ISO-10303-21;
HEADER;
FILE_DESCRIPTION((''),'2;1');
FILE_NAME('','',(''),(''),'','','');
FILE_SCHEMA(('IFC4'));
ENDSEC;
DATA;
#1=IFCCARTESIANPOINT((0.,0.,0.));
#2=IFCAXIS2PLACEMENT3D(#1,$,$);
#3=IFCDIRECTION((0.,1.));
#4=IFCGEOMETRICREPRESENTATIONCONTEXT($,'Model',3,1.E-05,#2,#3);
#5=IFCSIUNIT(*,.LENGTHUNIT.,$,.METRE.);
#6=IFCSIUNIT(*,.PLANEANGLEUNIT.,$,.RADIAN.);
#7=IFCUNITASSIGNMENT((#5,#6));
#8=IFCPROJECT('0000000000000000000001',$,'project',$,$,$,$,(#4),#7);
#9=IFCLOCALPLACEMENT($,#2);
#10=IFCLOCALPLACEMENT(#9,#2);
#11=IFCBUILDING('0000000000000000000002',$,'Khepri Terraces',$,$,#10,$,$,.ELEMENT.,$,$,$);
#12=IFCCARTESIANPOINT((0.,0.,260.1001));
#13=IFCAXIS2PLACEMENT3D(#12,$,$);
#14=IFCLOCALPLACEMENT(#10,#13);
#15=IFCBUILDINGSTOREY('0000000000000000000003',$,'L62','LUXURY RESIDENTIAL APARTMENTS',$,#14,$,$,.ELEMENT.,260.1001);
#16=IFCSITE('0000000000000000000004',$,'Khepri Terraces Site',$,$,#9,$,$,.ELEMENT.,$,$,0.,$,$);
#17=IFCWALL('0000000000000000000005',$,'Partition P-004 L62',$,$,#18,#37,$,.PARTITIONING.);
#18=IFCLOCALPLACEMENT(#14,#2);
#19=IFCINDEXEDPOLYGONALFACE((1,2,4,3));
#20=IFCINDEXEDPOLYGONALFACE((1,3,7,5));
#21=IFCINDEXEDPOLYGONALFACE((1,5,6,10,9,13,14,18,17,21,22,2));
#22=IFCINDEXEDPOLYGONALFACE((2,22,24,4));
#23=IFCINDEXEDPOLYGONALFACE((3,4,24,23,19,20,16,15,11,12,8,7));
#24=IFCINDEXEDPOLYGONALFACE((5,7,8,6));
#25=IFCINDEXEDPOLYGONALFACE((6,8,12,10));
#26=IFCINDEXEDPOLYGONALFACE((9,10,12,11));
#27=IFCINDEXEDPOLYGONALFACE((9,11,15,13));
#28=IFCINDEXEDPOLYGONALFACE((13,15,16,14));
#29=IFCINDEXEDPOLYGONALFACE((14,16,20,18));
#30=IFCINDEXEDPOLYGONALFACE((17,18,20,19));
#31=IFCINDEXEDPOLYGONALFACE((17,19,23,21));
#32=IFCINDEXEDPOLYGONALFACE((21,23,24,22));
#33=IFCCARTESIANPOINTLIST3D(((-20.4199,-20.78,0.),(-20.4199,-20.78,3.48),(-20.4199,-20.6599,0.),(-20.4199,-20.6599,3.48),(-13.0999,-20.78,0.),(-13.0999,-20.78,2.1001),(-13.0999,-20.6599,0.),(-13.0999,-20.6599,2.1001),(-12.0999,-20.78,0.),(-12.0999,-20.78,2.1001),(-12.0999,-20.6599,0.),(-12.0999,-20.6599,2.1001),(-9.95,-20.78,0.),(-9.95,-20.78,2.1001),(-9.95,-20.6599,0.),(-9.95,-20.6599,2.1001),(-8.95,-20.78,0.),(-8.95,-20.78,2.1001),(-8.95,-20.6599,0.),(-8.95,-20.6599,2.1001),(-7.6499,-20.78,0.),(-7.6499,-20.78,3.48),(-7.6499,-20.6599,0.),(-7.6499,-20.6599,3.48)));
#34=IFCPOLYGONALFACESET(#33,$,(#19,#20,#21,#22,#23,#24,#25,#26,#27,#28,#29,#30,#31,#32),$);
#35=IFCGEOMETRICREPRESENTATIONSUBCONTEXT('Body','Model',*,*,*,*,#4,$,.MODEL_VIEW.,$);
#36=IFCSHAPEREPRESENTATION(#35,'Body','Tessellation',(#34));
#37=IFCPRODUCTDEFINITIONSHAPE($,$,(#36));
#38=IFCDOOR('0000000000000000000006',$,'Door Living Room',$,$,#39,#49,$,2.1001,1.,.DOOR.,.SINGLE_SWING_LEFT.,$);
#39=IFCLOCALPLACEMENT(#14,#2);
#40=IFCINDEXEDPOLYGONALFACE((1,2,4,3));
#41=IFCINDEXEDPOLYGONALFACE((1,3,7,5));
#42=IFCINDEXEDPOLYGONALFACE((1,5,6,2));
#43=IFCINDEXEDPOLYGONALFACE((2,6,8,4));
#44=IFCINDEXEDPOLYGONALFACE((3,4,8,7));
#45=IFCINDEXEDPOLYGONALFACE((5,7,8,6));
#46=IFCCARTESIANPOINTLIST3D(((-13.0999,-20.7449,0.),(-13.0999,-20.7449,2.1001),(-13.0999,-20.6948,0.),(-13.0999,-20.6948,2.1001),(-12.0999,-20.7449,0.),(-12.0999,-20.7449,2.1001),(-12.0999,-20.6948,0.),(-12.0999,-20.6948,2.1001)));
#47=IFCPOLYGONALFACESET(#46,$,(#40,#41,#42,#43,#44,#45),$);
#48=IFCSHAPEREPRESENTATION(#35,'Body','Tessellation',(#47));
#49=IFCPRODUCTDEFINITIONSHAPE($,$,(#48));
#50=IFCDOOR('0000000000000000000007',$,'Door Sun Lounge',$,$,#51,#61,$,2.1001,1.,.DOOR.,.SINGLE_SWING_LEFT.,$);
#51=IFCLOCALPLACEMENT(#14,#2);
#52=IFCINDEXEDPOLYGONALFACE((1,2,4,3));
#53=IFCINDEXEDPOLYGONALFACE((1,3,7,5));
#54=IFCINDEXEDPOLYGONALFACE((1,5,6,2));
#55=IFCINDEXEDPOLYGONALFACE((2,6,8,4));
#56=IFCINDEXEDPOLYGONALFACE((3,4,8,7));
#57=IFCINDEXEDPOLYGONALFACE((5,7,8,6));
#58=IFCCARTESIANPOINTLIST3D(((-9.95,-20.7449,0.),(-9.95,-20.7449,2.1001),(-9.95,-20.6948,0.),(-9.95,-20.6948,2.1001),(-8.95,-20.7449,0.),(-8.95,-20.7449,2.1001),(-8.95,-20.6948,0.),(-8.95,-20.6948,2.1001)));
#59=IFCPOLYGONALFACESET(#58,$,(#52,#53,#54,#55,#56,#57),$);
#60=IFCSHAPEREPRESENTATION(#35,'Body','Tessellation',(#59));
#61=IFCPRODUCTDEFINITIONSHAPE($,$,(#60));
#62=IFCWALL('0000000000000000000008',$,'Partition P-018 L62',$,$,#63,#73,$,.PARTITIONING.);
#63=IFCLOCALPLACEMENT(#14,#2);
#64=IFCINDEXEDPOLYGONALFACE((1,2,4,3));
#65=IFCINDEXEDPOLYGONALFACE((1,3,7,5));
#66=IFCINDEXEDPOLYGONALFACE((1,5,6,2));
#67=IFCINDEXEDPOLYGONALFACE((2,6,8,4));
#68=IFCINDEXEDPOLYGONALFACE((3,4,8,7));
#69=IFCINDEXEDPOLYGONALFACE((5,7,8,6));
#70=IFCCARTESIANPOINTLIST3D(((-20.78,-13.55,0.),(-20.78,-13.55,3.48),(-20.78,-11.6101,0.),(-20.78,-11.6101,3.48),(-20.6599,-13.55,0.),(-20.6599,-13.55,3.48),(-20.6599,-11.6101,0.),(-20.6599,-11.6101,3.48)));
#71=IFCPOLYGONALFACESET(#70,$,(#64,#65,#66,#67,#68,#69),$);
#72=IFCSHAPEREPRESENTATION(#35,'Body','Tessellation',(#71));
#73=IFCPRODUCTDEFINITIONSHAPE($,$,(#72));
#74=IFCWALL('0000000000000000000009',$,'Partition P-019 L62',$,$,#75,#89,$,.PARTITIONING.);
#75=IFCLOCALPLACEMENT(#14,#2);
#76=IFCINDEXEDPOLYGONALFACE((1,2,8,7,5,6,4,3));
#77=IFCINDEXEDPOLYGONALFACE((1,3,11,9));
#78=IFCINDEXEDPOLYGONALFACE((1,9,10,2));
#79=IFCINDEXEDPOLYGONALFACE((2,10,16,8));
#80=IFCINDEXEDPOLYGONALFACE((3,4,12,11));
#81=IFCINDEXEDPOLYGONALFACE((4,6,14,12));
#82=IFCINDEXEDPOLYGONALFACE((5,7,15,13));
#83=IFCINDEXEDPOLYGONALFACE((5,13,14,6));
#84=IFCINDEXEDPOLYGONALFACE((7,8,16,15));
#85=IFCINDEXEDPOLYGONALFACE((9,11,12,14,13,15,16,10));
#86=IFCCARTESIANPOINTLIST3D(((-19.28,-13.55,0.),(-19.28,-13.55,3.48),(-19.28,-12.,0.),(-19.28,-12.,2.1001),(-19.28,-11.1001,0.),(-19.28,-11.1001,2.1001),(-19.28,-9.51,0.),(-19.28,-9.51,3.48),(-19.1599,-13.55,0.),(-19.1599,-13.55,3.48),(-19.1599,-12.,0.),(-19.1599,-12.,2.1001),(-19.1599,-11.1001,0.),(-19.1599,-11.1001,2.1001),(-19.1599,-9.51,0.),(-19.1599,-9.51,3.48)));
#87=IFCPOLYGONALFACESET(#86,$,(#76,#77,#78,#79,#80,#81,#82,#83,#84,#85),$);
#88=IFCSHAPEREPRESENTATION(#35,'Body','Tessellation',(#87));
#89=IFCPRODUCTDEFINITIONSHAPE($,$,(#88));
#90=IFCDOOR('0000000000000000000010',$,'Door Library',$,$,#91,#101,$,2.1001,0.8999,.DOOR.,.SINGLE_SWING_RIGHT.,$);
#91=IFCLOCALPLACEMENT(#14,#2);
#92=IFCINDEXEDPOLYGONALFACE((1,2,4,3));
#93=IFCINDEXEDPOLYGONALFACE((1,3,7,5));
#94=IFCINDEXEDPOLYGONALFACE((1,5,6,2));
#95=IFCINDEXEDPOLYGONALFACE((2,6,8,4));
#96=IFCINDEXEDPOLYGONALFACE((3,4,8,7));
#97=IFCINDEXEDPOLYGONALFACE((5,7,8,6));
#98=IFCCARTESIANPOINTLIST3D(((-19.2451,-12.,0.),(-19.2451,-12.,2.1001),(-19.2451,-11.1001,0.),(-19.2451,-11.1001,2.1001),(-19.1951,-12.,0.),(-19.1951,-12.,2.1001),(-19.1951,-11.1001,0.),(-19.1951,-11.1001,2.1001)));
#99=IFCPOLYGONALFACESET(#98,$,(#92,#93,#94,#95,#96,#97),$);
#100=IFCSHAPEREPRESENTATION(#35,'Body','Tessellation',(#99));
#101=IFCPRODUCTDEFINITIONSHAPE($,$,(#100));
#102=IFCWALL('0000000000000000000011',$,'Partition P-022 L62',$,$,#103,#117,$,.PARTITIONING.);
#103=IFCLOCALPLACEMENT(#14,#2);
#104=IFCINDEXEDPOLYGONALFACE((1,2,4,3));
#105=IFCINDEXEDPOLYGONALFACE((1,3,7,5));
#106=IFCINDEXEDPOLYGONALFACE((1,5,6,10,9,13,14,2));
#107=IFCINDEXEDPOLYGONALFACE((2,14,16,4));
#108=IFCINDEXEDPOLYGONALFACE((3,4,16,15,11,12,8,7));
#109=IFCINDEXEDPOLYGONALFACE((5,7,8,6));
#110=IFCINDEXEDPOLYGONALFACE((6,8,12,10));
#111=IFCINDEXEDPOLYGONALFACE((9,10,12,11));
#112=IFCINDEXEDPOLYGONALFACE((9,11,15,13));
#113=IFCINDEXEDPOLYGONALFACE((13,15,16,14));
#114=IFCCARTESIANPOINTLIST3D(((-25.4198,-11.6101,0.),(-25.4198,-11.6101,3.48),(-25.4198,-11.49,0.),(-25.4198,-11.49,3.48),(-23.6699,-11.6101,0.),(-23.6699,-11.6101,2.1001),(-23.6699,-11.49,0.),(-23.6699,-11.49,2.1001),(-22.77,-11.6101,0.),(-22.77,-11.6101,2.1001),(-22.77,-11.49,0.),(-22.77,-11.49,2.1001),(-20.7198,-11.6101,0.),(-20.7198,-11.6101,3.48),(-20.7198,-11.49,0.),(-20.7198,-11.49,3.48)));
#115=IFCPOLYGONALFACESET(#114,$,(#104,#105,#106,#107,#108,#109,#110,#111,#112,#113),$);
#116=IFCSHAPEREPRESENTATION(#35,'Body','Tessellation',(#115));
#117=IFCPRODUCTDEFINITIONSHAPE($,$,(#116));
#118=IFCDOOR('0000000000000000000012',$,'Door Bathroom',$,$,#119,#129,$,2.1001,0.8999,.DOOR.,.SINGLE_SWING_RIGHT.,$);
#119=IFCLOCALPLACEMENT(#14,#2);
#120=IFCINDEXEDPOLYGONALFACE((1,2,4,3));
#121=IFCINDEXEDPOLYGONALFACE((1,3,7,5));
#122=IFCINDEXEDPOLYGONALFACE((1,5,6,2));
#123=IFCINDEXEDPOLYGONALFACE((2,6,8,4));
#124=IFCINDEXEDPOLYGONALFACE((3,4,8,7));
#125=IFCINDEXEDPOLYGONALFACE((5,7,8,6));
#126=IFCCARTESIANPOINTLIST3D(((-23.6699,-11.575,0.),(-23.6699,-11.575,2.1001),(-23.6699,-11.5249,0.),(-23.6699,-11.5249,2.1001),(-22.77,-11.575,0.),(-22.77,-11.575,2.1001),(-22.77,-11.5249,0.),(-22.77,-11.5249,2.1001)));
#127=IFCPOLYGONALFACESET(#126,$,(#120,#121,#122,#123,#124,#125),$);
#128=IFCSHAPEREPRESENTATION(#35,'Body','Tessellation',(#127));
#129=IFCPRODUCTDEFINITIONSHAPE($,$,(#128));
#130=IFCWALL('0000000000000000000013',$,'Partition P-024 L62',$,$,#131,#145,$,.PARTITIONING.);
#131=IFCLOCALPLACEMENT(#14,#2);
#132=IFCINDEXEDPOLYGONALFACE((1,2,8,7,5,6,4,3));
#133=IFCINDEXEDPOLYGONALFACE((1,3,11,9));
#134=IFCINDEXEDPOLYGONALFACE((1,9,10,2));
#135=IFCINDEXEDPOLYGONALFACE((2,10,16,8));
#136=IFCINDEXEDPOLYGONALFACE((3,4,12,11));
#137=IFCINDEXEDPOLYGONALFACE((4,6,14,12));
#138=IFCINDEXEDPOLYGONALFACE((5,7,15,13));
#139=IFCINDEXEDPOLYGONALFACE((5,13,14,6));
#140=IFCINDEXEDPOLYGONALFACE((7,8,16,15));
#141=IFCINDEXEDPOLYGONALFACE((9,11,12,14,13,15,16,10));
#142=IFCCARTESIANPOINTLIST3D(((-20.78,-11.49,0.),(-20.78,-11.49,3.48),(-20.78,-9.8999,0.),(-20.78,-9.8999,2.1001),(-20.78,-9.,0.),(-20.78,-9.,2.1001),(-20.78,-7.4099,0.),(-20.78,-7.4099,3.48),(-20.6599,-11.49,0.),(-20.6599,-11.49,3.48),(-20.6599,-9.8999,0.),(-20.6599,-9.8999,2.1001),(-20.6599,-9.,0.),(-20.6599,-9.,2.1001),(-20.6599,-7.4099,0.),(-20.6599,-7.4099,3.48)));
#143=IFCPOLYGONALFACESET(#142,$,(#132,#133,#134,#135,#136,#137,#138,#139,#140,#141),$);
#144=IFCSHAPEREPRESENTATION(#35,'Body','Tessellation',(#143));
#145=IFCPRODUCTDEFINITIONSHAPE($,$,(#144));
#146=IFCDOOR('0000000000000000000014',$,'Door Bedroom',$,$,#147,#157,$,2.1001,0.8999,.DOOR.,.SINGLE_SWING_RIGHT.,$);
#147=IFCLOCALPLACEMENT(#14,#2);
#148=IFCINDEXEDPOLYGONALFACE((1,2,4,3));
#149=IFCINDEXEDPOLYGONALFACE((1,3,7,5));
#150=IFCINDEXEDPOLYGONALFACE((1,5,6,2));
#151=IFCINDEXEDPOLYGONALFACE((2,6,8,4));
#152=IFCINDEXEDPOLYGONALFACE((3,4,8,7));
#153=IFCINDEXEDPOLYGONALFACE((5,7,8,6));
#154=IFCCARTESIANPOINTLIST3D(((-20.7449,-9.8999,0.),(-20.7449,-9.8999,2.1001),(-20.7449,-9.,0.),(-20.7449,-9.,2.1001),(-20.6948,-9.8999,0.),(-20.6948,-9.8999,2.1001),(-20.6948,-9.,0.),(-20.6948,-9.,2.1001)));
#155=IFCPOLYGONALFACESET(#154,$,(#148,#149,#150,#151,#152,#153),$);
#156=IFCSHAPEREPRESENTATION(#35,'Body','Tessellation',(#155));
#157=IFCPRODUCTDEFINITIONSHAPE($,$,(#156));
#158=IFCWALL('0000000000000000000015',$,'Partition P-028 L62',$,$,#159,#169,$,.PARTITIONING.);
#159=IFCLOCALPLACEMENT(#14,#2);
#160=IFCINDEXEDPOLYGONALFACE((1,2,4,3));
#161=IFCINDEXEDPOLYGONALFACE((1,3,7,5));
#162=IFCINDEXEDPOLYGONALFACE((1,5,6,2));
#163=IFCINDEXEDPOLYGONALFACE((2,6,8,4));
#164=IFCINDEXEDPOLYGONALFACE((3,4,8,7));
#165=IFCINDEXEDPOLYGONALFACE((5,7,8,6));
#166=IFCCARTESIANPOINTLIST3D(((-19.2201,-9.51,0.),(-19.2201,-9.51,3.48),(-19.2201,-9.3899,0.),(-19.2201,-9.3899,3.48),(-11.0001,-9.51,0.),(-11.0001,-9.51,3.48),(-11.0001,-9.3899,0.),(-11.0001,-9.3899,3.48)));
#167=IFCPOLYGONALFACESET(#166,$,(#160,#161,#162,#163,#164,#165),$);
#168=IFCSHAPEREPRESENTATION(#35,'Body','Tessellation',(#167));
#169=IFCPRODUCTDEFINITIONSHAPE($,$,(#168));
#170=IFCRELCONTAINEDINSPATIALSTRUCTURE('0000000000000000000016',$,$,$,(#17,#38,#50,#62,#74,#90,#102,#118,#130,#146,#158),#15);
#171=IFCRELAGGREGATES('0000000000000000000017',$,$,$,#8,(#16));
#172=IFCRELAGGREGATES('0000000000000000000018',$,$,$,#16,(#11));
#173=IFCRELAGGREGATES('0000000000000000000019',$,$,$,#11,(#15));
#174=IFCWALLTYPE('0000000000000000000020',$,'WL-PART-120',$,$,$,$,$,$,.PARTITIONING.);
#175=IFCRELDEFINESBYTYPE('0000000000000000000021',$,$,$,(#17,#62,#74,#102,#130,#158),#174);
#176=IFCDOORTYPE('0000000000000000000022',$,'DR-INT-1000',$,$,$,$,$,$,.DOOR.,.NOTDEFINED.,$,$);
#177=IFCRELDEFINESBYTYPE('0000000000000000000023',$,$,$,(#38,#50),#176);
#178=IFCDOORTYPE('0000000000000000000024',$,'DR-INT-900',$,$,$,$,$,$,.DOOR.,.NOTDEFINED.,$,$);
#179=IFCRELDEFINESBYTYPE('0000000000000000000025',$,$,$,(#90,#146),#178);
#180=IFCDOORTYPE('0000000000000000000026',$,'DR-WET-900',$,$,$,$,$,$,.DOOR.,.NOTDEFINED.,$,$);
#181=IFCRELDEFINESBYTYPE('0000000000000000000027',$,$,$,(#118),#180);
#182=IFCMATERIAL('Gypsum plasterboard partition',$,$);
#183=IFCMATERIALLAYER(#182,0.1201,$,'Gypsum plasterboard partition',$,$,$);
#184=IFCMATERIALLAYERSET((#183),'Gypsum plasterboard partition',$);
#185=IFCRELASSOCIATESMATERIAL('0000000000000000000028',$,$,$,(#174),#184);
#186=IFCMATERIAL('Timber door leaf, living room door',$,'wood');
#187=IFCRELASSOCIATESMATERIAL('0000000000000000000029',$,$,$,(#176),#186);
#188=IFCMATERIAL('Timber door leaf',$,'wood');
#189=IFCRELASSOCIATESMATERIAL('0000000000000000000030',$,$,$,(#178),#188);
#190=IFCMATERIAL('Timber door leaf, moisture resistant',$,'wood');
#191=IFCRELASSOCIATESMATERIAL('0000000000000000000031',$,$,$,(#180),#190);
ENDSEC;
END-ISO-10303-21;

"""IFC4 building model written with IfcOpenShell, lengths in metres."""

from ifc_helpers import new_model, si_unit, direction, frame, frame_2d, origin, place, context, subcontext, project, spatial, rectangle, extrude, material, layer, layer_set, type_object, element, fill, save


model = new_model("IFC4")

# Units and contexts
model_context = context("Model", 3, precision=1e-05, world=origin(), true_north=direction((0.0, 1.0)))
body_context = subcontext(model_context, "Body", "Model", "MODEL_VIEW")
ifc_project = project(units=[si_unit("LENGTHUNIT", "METRE"), si_unit("PLANEANGLEUNIT", "RADIAN")], contexts=[model_context])

# Site, building, storey
site_placement = place(None, origin())
site = spatial("IfcSite", under=ifc_project, at=site_placement, Name="Khepri Terraces Site", CompositionType="ELEMENT", RefElevation=0.0)
building_placement = place(site_placement, origin())
building = spatial("IfcBuilding", under=site, at=building_placement, Name="Khepri Terraces", CompositionType="ELEMENT")
storey_placement = place(building_placement, frame((0.0, 0.0, 260.1001)))
storey = spatial("IfcBuildingStorey", under=building, at=storey_placement, Name="L62", Description="LUXURY RESIDENTIAL APARTMENTS", CompositionType="ELEMENT", Elevation=260.1001)

# Wall, openings, doors
ifc_material_1 = material(Name="Gypsum plasterboard partition")
ifc_layer_1 = layer(ifc_material_1, 0.1201, Name="Gypsum plasterboard partition")
ifc_layer_set_1 = layer_set([ifc_layer_1], Name="Gypsum plasterboard partition")
wall_type_1 = type_object("IfcWallType", Name="WL-PART-120", PredefinedType="PARTITIONING", material=ifc_layer_set_1)
wall_1_placement = place(storey_placement, frame((-20.4199, -20.72, 0.0), z_axis=(0.0, 0.0, 1.0), x_axis=(1.0, 0.0, 0.0)))
wall_1 = element("IfcWall", 1, at=wall_1_placement, inside=storey, type_object=wall_type_1, Name="Partition P-004 L62", PredefinedType="PARTITIONING", context=body_context, shape_type="SweptSolid", body=[
    extrude(rectangle(XDim=12.77, YDim=0.1201, at=frame_2d((6.385, 0.0))), origin(), (0.0, 0.0, 1.0), 3.48),
])
opening_1_placement = place(wall_1_placement, frame((7.3201, 0.0, 0.0)))
opening_1 = element("IfcOpeningElement", 2, at=opening_1_placement, cuts=wall_1, PredefinedType="OPENING", context=body_context, shape_type="SweptSolid", body=[
    extrude(rectangle(XDim=1.0, YDim=2.1001, at=frame_2d((0.5, 1.05))), frame((0.0, 0.0701, 0.0), z_axis=(0.0, -1.0, 0.0), x_axis=(1.0, 0.0, 0.0)), (0.0, 0.0, 1.0), 0.1401),
])
opening_2_placement = place(wall_1_placement, frame((10.47, 0.0, 0.0)))
opening_2 = element("IfcOpeningElement", 3, at=opening_2_placement, cuts=wall_1, PredefinedType="OPENING", context=body_context, shape_type="SweptSolid", body=[
    extrude(rectangle(XDim=1.0, YDim=2.1001, at=frame_2d((0.5, 1.05))), frame((0.0, 0.0701, 0.0), z_axis=(0.0, -1.0, 0.0), x_axis=(1.0, 0.0, 0.0)), (0.0, 0.0, 1.0), 0.1401),
])
ifc_material_2 = material(Name="Timber door leaf, living room door", Category="wood")
door_type_1 = type_object("IfcDoorType", Name="DR-INT-1000", OperationType="NOTDEFINED", PredefinedType="DOOR", material=ifc_material_2)
door_1_placement = place(opening_1_placement, frame((1.0, 0.0, 0.0), z_axis=(0.0, 0.0, 1.0), x_axis=(-1.0, 0.0, 0.0)))
door_1 = element("IfcDoor", 4, at=door_1_placement, inside=storey, type_object=door_type_1, Name="Door Living Room", OperationType="SINGLE_SWING_LEFT", OverallHeight=2.1001, OverallWidth=1.0, PredefinedType="DOOR", context=body_context, shape_type="SweptSolid", body=[
    extrude(rectangle(XDim=1.0, YDim=2.1001, at=frame_2d((0.5, 1.05))), frame((0.0, 0.0249, 0.0), z_axis=(0.0, -1.0, 0.0), x_axis=(1.0, 0.0, 0.0)), (0.0, 0.0, 1.0), 0.05),
])
fill(opening_1, door_1)
door_2_placement = place(opening_2_placement, frame((1.0, 0.0, 0.0), z_axis=(0.0, 0.0, 1.0), x_axis=(-1.0, 0.0, 0.0)))
door_2 = element("IfcDoor", 5, at=door_2_placement, inside=storey, type_object=door_type_1, Name="Door Sun Lounge", OperationType="SINGLE_SWING_LEFT", OverallHeight=2.1001, OverallWidth=1.0, PredefinedType="DOOR", context=body_context, shape_type="SweptSolid", body=[
    extrude(rectangle(XDim=1.0, YDim=2.1001, at=frame_2d((0.5, 1.05))), frame((0.0, 0.0249, 0.0), z_axis=(0.0, -1.0, 0.0), x_axis=(1.0, 0.0, 0.0)), (0.0, 0.0, 1.0), 0.05),
])
fill(opening_2, door_2)

# Wall
wall_2_placement = place(storey_placement, frame((-20.72, -13.55, 0.0), z_axis=(0.0, 0.0, 1.0), x_axis=(0.0, 1.0, 0.0)))
element("IfcWall", 6, at=wall_2_placement, inside=storey, type_object=wall_type_1, Name="Partition P-018 L62", PredefinedType="PARTITIONING", context=body_context, shape_type="SweptSolid", body=[
    extrude(rectangle(XDim=1.9399, YDim=0.1201, at=frame_2d((0.97, 0.0))), origin(), (0.0, 0.0, 1.0), 3.48),
])

# Walls, openings, doors
wall_3_placement = place(storey_placement, frame((-19.22, -13.55, 0.0), z_axis=(0.0, 0.0, 1.0), x_axis=(0.0, 1.0, 0.0)))
wall_3 = element("IfcWall", 7, at=wall_3_placement, inside=storey, type_object=wall_type_1, Name="Partition P-019 L62", PredefinedType="PARTITIONING", context=body_context, shape_type="SweptSolid", body=[
    extrude(rectangle(XDim=4.04, YDim=0.1201, at=frame_2d((2.02, 0.0))), origin(), (0.0, 0.0, 1.0), 3.48),
])
opening_3_placement = place(wall_3_placement, frame((1.55, 0.0, 0.0)))
opening_3 = element("IfcOpeningElement", 8, at=opening_3_placement, cuts=wall_3, PredefinedType="OPENING", context=body_context, shape_type="SweptSolid", body=[
    extrude(rectangle(XDim=0.8999, YDim=2.1001, at=frame_2d((0.45, 1.05))), frame((0.0, 0.0701, 0.0), z_axis=(0.0, -1.0, 0.0), x_axis=(1.0, 0.0, 0.0)), (0.0, 0.0, 1.0), 0.1401),
])
ifc_material_3 = material(Name="Timber door leaf", Category="wood")
door_type_2 = type_object("IfcDoorType", Name="DR-INT-900", OperationType="NOTDEFINED", PredefinedType="DOOR", material=ifc_material_3)
door_3_placement = place(opening_3_placement, frame((0.8999, 0.0, 0.0), z_axis=(0.0, 0.0, 1.0), x_axis=(-1.0, 0.0, 0.0)))
door_3 = element("IfcDoor", 9, at=door_3_placement, inside=storey, type_object=door_type_2, Name="Door Library", OperationType="SINGLE_SWING_RIGHT", OverallHeight=2.1001, OverallWidth=0.8999, PredefinedType="DOOR", context=body_context, shape_type="SweptSolid", body=[
    extrude(rectangle(XDim=0.8999, YDim=2.1001, at=frame_2d((0.45, 1.05))), frame((0.0, 0.0249, 0.0), z_axis=(0.0, -1.0, 0.0), x_axis=(1.0, 0.0, 0.0)), (0.0, 0.0, 1.0), 0.05),
])
fill(opening_3, door_3)
wall_4_placement = place(storey_placement, frame((-25.4199, -11.55, 0.0), z_axis=(0.0, 0.0, 1.0), x_axis=(1.0, 0.0, 0.0)))
wall_4 = element("IfcWall", 10, at=wall_4_placement, inside=storey, type_object=wall_type_1, Name="Partition P-022 L62", PredefinedType="PARTITIONING", context=body_context, shape_type="SweptSolid", body=[
    extrude(rectangle(XDim=4.7, YDim=0.1201, at=frame_2d((2.3501, 0.0))), origin(), (0.0, 0.0, 1.0), 3.48),
])
opening_4_placement = place(wall_4_placement, frame((1.75, 0.0, 0.0)))
opening_4 = element("IfcOpeningElement", 11, at=opening_4_placement, cuts=wall_4, PredefinedType="OPENING", context=body_context, shape_type="SweptSolid", body=[
    extrude(rectangle(XDim=0.8999, YDim=2.1001, at=frame_2d((0.45, 1.05))), frame((0.0, 0.0701, 0.0), z_axis=(0.0, -1.0, 0.0), x_axis=(1.0, 0.0, 0.0)), (0.0, 0.0, 1.0), 0.1401),
])
ifc_material_4 = material(Name="Timber door leaf, moisture resistant", Category="wood")
door_type_3 = type_object("IfcDoorType", Name="DR-WET-900", OperationType="NOTDEFINED", PredefinedType="DOOR", material=ifc_material_4)
door_4_placement = place(opening_4_placement, frame((0.8999, 0.0, 0.0), z_axis=(0.0, 0.0, 1.0), x_axis=(-1.0, 0.0, 0.0)))
door_4 = element("IfcDoor", 12, at=door_4_placement, inside=storey, type_object=door_type_3, Name="Door Bathroom", OperationType="SINGLE_SWING_RIGHT", OverallHeight=2.1001, OverallWidth=0.8999, PredefinedType="DOOR", context=body_context, shape_type="SweptSolid", body=[
    extrude(rectangle(XDim=0.8999, YDim=2.1001, at=frame_2d((0.45, 1.05))), frame((0.0, 0.0249, 0.0), z_axis=(0.0, -1.0, 0.0), x_axis=(1.0, 0.0, 0.0)), (0.0, 0.0, 1.0), 0.05),
])
fill(opening_4, door_4)
wall_5_placement = place(storey_placement, frame((-20.72, -11.49, 0.0), z_axis=(0.0, 0.0, 1.0), x_axis=(0.0, 1.0, 0.0)))
wall_5 = element("IfcWall", 13, at=wall_5_placement, inside=storey, type_object=wall_type_1, Name="Partition P-024 L62", PredefinedType="PARTITIONING", context=body_context, shape_type="SweptSolid", body=[
    extrude(rectangle(XDim=4.0801, YDim=0.1201, at=frame_2d((2.04, 0.0))), origin(), (0.0, 0.0, 1.0), 3.48),
])
opening_5_placement = place(wall_5_placement, frame((1.5901, 0.0, 0.0)))
opening_5 = element("IfcOpeningElement", 14, at=opening_5_placement, cuts=wall_5, PredefinedType="OPENING", context=body_context, shape_type="SweptSolid", body=[
    extrude(rectangle(XDim=0.8999, YDim=2.1001, at=frame_2d((0.45, 1.05))), frame((0.0, 0.0701, 0.0), z_axis=(0.0, -1.0, 0.0), x_axis=(1.0, 0.0, 0.0)), (0.0, 0.0, 1.0), 0.1401),
])
door_5_placement = place(opening_5_placement, origin())
door_5 = element("IfcDoor", 15, at=door_5_placement, inside=storey, type_object=door_type_2, Name="Door Bedroom", OperationType="SINGLE_SWING_RIGHT", OverallHeight=2.1001, OverallWidth=0.8999, PredefinedType="DOOR", context=body_context, shape_type="SweptSolid", body=[
    extrude(rectangle(XDim=0.8999, YDim=2.1001, at=frame_2d((0.45, 1.05))), frame((0.0, 0.0249, 0.0), z_axis=(0.0, -1.0, 0.0), x_axis=(1.0, 0.0, 0.0)), (0.0, 0.0, 1.0), 0.05),
])
fill(opening_5, door_5)

# Wall
wall_6_placement = place(storey_placement, frame((-19.22, -9.45, 0.0), z_axis=(0.0, 0.0, 1.0), x_axis=(1.0, 0.0, 0.0)))
element("IfcWall", 16, at=wall_6_placement, inside=storey, type_object=wall_type_1, Name="Partition P-028 L62", PredefinedType="PARTITIONING", context=body_context, shape_type="SweptSolid", body=[
    extrude(rectangle(XDim=8.22, YDim=0.1201, at=frame_2d((4.1099, 0.0))), origin(), (0.0, 0.0, 1.0), 3.48),
])

save(model, "model.ifc")
